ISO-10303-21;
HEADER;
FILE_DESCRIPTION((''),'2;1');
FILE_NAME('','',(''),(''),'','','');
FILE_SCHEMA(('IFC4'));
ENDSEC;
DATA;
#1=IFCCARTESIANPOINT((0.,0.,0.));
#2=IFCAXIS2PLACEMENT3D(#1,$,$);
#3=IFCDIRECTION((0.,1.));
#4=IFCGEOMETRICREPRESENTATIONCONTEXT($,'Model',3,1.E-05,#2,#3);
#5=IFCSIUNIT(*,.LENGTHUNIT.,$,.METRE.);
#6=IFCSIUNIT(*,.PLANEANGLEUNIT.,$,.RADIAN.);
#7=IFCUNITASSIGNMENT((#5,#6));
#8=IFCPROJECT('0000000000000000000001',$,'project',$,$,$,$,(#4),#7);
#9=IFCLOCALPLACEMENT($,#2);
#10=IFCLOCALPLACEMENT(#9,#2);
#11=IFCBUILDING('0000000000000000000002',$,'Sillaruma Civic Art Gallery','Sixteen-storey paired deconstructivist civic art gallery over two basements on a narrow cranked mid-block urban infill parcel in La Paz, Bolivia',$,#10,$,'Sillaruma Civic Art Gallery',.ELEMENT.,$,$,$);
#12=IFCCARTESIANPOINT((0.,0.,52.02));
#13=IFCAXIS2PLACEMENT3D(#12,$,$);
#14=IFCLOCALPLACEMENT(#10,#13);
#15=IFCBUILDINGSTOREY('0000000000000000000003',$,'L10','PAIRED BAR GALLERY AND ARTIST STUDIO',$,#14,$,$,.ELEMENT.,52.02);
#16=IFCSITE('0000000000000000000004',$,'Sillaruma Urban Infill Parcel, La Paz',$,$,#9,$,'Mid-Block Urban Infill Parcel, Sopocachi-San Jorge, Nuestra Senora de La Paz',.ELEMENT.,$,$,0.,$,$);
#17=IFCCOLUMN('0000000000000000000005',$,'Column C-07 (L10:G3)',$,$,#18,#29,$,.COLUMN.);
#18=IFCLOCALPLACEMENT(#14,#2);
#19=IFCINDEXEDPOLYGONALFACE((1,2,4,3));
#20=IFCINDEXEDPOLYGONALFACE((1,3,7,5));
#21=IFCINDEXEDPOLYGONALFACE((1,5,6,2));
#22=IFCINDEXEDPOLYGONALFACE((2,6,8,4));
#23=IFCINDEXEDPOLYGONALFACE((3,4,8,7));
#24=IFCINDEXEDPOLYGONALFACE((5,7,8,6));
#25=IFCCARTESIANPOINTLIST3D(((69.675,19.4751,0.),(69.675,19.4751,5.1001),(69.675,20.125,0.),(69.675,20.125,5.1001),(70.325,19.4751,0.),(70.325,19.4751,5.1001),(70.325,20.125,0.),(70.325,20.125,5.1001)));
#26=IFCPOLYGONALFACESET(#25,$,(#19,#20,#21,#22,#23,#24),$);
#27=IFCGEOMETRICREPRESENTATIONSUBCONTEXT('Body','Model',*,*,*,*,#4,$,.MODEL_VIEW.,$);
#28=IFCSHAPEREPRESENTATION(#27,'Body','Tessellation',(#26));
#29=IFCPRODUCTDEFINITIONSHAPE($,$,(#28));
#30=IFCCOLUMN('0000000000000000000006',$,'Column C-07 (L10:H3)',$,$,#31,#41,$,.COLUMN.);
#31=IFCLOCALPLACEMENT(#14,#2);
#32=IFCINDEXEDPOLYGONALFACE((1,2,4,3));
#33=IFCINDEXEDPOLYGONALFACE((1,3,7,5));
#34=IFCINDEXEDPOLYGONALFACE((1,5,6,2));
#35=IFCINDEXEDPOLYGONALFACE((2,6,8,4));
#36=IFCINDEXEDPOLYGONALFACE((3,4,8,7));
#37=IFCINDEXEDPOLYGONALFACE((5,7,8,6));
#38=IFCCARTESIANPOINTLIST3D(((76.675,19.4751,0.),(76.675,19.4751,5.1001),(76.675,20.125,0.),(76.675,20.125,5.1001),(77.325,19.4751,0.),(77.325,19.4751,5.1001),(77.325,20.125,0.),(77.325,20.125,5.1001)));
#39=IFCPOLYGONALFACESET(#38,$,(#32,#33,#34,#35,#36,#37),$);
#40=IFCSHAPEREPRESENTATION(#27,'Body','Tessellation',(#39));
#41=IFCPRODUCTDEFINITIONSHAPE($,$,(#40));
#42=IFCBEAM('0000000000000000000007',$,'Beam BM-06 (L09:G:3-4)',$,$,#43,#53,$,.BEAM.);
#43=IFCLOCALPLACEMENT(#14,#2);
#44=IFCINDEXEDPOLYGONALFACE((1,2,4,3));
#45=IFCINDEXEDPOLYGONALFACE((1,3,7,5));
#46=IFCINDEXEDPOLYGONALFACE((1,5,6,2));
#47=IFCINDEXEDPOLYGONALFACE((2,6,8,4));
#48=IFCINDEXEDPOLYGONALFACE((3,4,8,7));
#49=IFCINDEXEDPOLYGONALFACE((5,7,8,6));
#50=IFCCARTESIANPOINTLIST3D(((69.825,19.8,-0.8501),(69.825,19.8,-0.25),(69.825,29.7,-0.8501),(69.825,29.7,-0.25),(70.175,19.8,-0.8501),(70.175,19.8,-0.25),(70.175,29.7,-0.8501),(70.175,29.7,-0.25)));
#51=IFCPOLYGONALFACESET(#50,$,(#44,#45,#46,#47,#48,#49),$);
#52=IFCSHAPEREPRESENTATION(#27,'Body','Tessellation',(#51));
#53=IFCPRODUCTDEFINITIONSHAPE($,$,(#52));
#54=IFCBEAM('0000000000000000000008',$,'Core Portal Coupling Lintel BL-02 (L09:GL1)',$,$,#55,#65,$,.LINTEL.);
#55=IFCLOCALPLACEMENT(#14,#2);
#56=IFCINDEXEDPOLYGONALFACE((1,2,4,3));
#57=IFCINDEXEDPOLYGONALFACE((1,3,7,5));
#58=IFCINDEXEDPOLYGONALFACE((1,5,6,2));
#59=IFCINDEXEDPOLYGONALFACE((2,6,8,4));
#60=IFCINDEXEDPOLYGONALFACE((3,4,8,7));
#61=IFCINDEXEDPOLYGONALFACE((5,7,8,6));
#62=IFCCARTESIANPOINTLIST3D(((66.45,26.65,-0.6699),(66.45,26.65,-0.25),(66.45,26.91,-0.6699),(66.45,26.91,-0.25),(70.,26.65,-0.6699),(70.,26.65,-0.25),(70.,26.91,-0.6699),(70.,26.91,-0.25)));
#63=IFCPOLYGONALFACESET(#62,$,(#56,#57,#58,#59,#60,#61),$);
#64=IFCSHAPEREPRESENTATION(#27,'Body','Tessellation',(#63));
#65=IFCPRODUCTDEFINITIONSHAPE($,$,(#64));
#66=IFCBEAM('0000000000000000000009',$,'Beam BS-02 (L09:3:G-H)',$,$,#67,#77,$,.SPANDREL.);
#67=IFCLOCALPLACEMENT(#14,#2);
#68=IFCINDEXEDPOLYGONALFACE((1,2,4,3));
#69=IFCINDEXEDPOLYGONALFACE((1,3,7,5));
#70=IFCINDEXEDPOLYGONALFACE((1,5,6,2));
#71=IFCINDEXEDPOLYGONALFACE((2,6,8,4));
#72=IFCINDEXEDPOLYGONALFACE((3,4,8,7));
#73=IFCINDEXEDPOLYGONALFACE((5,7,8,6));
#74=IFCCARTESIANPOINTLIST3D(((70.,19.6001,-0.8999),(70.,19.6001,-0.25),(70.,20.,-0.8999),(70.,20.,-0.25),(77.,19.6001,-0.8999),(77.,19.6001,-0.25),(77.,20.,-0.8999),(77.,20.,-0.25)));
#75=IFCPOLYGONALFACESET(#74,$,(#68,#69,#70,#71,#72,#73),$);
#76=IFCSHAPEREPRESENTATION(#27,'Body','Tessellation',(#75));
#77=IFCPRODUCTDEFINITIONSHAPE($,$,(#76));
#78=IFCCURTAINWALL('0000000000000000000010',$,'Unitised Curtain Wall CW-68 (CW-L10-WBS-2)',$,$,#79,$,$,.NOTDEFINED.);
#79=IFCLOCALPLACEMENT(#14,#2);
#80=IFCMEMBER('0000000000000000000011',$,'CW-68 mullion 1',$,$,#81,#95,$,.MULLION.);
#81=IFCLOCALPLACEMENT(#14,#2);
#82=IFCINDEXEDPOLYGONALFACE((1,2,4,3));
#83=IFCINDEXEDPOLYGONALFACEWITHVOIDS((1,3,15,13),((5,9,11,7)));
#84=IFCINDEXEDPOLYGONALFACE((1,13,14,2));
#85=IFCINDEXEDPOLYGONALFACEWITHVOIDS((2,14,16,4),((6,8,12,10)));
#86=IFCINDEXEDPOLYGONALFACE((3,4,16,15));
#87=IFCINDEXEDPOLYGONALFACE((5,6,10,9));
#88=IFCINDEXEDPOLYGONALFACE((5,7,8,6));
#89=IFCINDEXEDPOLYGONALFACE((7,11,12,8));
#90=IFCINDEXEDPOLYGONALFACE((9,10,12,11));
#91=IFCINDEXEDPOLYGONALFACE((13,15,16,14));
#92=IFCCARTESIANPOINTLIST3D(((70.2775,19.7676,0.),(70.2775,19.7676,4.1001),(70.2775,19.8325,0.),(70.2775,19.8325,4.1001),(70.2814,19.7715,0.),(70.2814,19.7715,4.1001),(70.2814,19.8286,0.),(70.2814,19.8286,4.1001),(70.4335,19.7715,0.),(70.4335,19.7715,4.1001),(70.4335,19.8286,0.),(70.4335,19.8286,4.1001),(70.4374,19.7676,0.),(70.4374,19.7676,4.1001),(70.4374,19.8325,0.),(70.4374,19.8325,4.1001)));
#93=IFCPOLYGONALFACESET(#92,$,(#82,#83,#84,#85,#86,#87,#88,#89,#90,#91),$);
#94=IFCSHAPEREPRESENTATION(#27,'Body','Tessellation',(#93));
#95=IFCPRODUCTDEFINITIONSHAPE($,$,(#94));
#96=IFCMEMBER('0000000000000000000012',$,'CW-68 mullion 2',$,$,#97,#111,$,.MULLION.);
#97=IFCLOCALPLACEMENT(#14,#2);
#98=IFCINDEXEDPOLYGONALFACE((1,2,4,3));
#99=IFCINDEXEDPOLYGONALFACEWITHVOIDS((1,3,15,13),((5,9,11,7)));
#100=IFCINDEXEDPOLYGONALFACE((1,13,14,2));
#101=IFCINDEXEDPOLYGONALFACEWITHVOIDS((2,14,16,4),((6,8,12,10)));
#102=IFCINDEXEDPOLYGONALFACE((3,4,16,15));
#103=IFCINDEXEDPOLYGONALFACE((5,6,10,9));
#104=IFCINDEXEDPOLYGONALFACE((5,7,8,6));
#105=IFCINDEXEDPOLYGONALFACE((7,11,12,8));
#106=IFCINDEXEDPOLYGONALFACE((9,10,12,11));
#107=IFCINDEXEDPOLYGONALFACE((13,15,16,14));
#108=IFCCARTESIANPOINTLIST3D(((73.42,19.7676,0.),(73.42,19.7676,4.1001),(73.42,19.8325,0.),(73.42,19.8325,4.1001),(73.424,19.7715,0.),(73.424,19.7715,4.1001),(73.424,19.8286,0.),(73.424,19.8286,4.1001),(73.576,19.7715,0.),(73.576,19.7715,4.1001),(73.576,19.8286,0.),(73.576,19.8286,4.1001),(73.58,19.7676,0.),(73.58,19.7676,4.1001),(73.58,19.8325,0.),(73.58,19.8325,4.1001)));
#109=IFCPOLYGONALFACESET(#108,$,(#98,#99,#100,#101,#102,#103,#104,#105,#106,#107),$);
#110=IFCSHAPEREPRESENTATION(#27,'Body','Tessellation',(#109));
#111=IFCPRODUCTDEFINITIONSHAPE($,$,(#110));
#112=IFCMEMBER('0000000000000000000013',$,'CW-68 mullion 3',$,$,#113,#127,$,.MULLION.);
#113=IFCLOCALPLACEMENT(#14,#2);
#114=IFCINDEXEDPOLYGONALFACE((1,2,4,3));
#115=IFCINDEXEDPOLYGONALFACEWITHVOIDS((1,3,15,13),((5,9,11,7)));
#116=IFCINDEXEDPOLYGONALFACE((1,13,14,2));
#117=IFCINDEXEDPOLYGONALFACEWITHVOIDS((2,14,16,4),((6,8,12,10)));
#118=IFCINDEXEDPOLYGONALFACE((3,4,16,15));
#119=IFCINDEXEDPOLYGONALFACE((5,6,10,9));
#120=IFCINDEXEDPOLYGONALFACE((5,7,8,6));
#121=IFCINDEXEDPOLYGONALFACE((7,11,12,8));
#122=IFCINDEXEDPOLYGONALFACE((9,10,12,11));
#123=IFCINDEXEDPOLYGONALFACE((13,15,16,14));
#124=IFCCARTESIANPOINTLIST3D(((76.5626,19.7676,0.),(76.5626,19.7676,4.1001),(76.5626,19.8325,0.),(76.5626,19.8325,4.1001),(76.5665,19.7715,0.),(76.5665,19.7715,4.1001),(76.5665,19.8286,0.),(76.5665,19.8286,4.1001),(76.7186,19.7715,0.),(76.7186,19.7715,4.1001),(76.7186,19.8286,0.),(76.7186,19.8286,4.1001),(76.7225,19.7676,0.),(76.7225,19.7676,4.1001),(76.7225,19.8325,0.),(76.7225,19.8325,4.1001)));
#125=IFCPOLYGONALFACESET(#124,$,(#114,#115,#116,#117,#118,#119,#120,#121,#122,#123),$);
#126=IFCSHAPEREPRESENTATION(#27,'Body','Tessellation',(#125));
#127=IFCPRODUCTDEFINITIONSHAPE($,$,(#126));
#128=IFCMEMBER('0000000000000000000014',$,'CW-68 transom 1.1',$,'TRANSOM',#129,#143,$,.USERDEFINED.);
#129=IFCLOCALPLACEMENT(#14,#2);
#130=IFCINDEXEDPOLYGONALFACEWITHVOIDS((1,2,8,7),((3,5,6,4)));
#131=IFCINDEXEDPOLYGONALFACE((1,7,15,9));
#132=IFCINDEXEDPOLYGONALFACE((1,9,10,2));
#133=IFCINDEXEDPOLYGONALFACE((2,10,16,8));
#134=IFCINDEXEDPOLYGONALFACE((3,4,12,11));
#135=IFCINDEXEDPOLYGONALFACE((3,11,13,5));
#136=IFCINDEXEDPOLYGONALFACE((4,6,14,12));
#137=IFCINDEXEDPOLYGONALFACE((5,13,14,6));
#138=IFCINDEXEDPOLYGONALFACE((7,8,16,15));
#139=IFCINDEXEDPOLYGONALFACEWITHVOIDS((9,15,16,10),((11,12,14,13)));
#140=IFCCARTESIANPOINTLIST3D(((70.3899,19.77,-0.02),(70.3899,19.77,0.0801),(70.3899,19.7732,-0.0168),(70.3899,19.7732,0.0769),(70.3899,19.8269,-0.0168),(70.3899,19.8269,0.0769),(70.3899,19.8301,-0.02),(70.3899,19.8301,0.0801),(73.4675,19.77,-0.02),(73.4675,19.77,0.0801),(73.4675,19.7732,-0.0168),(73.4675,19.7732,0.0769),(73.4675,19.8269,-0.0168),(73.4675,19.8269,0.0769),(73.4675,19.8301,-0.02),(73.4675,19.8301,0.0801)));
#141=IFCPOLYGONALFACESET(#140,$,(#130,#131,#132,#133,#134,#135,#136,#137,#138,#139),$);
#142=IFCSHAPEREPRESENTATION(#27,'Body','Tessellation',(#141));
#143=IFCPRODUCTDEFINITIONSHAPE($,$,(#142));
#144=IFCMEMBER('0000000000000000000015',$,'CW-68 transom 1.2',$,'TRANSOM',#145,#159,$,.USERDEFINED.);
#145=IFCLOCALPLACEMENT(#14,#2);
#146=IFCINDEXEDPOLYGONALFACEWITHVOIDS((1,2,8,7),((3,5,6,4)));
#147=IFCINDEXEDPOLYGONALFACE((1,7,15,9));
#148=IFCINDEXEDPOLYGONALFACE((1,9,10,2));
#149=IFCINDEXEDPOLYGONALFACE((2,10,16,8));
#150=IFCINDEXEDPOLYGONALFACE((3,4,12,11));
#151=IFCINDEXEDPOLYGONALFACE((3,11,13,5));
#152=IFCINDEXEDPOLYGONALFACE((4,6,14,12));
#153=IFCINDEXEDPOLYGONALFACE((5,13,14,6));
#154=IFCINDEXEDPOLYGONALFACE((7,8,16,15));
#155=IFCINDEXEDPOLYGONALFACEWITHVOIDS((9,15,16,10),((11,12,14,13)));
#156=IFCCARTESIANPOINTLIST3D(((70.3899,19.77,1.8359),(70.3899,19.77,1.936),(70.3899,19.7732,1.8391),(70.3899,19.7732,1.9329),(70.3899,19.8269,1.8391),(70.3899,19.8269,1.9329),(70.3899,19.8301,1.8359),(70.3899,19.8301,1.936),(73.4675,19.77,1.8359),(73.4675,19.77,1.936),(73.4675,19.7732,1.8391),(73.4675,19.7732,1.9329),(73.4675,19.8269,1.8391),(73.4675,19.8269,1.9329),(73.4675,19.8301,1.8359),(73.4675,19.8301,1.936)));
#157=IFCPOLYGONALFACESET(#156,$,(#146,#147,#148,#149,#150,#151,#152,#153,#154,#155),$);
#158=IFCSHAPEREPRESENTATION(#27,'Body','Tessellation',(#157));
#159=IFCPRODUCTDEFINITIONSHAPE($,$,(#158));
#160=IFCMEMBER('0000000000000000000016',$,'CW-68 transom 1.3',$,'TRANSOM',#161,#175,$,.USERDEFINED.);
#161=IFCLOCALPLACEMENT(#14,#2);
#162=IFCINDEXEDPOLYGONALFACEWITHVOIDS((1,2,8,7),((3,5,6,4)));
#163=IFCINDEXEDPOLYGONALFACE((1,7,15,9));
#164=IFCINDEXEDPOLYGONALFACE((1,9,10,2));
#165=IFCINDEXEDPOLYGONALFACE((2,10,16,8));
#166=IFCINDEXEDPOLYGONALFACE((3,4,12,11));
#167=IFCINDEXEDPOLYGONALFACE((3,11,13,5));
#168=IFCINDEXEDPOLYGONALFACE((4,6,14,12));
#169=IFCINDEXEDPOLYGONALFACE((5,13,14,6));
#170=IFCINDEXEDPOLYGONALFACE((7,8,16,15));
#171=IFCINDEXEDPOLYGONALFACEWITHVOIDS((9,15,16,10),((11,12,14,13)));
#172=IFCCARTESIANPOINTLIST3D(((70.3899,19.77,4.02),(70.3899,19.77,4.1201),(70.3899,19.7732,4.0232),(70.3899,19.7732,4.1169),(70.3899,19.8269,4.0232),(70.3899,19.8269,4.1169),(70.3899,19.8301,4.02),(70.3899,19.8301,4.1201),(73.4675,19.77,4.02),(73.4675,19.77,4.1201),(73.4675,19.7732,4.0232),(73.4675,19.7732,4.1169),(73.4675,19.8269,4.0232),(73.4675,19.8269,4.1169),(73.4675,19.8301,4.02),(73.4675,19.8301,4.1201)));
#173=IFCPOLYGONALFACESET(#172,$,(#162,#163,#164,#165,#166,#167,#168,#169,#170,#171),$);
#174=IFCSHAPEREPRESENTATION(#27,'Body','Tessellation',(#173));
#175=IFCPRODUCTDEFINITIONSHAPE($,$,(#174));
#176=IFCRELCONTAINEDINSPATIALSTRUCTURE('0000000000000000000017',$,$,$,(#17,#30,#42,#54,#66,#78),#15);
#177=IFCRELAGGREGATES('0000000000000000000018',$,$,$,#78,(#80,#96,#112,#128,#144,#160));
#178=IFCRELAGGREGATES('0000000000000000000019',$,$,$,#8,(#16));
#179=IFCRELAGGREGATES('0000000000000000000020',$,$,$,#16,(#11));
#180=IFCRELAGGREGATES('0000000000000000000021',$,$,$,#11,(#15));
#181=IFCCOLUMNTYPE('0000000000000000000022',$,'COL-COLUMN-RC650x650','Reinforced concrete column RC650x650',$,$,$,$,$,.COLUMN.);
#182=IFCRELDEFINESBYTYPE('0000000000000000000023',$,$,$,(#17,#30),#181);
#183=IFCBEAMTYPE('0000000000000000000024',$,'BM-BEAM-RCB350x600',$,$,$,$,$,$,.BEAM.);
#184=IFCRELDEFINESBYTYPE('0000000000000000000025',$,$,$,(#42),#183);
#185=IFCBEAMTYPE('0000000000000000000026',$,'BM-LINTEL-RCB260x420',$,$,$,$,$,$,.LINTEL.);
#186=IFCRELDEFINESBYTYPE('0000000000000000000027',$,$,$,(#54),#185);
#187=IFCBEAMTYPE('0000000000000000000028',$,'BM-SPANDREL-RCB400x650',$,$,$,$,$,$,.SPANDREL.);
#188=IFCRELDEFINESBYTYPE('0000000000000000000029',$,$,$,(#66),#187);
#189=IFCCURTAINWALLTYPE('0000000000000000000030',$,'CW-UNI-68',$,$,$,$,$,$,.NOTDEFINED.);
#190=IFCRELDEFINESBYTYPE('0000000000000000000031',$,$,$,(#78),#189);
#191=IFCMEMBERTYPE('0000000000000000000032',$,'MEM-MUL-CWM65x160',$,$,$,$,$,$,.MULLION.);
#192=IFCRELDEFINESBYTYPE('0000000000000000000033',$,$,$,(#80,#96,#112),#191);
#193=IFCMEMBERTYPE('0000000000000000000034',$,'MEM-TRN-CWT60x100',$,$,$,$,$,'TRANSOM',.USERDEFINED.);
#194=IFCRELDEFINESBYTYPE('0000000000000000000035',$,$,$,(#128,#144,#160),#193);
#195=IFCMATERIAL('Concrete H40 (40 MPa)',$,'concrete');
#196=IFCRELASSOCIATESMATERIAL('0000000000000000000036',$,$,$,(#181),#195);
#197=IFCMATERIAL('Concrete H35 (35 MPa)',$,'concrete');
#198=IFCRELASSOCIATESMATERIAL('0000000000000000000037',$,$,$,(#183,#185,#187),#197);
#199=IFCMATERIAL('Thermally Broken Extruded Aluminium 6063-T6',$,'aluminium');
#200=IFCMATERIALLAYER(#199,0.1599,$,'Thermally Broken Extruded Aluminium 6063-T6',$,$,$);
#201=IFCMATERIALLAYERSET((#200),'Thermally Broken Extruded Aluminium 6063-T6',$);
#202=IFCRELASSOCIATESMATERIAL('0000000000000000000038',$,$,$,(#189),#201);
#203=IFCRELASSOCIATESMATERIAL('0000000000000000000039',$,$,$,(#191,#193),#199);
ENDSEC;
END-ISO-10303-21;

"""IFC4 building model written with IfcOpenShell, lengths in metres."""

from ifc_helpers import new_model, si_unit, direction, frame, origin, origin_2d, place, context, subcontext, project, spatial, rectangle, hollow_rectangle, extrude, material, layer, layer_set, material_profile, profile_set, type_object, element, aggregate, save


model = new_model("IFC4")

# Units and contexts
model_context = context("Model", 3, precision=1e-05, world=origin(), true_north=direction((0.0, 1.0)))
body_context = subcontext(model_context, "Body", "Model", "MODEL_VIEW")
ifc_project = project(units=[si_unit("LENGTHUNIT", "METRE"), si_unit("PLANEANGLEUNIT", "RADIAN")], contexts=[model_context])

# Site, building, storey
site_placement = place(None, origin())
site = spatial("IfcSite", under=ifc_project, at=site_placement, Name="Sillaruma Urban Infill Parcel, La Paz", LongName="Mid-Block Urban Infill Parcel, Sopocachi-San Jorge, Nuestra Senora de La Paz", CompositionType="ELEMENT", RefElevation=0.0)
building_placement = place(site_placement, origin())
building = spatial("IfcBuilding", under=site, at=building_placement, Name="Sillaruma Civic Art Gallery", Description="Sixteen-storey paired deconstructivist civic art gallery over two basements on a narrow cranked mid-block urban infill parcel in La Paz, Bolivia", LongName="Sillaruma Civic Art Gallery", CompositionType="ELEMENT")
storey_placement = place(building_placement, frame((0.0, 0.0, 52.02)))
storey = spatial("IfcBuildingStorey", under=building, at=storey_placement, Name="L10", Description="PAIRED BAR GALLERY AND ARTIST STUDIO", CompositionType="ELEMENT", Elevation=52.02)

# Columns
ifc_material_1 = material(Name="Concrete H40 (40 MPa)", Category="concrete")
ifc_material_profile_1 = material_profile(ifc_material_1, rectangle(XDim=0.6499, YDim=0.6499, at=origin_2d()), Name="RC650x650")
ifc_profile_set_1 = profile_set([ifc_material_profile_1], Name="Concrete H40 (40 MPa)")
column_type = type_object("IfcColumnType", Name="COL-COLUMN-RC650x650", Description="Reinforced concrete column RC650x650", PredefinedType="COLUMN", material=ifc_profile_set_1)
for number, where, z_axis, x_axis, name in (
    (1, (70.0, 19.8, 0.0), (0.0, 0.0, 1.0), (1.0, 0.0, 0.0), "Column C-07 (L10:G3)"),
    (2, (77.0, 19.8, 0.0), (0.0, 0.0, 1.0), (1.0, 0.0, 0.0), "Column C-07 (L10:H3)"),
):
    element("IfcColumn", number, at=place(storey_placement, frame(where, z_axis=z_axis, x_axis=x_axis)), inside=storey, type_object=column_type, Name=name, PredefinedType="COLUMN", context=body_context, shape_type="SweptSolid", body=[
        extrude(rectangle(XDim=0.6499, YDim=0.6499, at=origin_2d()), origin(), (0.0, 0.0, 1.0), 5.1001),
    ])

# Beams
ifc_material_2 = material(Name="Concrete H35 (35 MPa)", Category="concrete")
ifc_material_profile_2 = material_profile(ifc_material_2, rectangle(XDim=0.3501, YDim=0.6001, at=origin_2d()), Name="RCB350x600")
ifc_profile_set_2 = profile_set([ifc_material_profile_2], Name="Concrete H35 (35 MPa)")
beam_type_1 = type_object("IfcBeamType", Name="BM-BEAM-RCB350x600", PredefinedType="BEAM", material=ifc_profile_set_2)
beam_1_placement = place(storey_placement, frame((70.0, 19.8, -0.55), z_axis=(0.0, 1.0, 0.0), x_axis=(-1.0, 0.0, 0.0)))
element("IfcBeam", 3, at=beam_1_placement, inside=storey, type_object=beam_type_1, Name="Beam BM-06 (L09:G:3-4)", PredefinedType="BEAM", context=body_context, shape_type="SweptSolid", body=[
    extrude(rectangle(XDim=0.3501, YDim=0.6001, at=origin_2d()), origin(), (0.0, 0.0, 1.0), 9.8999),
])
ifc_material_profile_3 = material_profile(ifc_material_2, rectangle(XDim=0.26, YDim=0.4199, at=origin_2d()), Name="RCB260x420")
ifc_profile_set_3 = profile_set([ifc_material_profile_3], Name="Concrete H35 (35 MPa)")
beam_type_2 = type_object("IfcBeamType", Name="BM-LINTEL-RCB260x420", PredefinedType="LINTEL", material=ifc_profile_set_3)
beam_2_placement = place(storey_placement, frame((66.45, 26.78, -0.46), z_axis=(1.0, 0.0, 0.0), x_axis=(0.0, 1.0, 0.0)))
element("IfcBeam", 4, at=beam_2_placement, inside=storey, type_object=beam_type_2, Name="Core Portal Coupling Lintel BL-02 (L09:GL1)", PredefinedType="LINTEL", context=body_context, shape_type="SweptSolid", body=[
    extrude(rectangle(XDim=0.26, YDim=0.4199, at=origin_2d()), origin(), (0.0, 0.0, 1.0), 3.55),
])
ifc_material_profile_4 = material_profile(ifc_material_2, rectangle(XDim=0.3999, YDim=0.6499, at=origin_2d()), Name="RCB400x650")
ifc_profile_set_4 = profile_set([ifc_material_profile_4], Name="Concrete H35 (35 MPa)")
beam_type_3 = type_object("IfcBeamType", Name="BM-SPANDREL-RCB400x650", PredefinedType="SPANDREL", material=ifc_profile_set_4)
beam_3_placement = place(storey_placement, frame((70.0, 19.8, -0.575), z_axis=(1.0, 0.0, 0.0), x_axis=(0.0, 1.0, 0.0)))
element("IfcBeam", 5, at=beam_3_placement, inside=storey, type_object=beam_type_3, Name="Beam BS-02 (L09:3:G-H)", PredefinedType="SPANDREL", context=body_context, shape_type="SweptSolid", body=[
    extrude(rectangle(XDim=0.3999, YDim=0.6499, at=origin_2d()), origin(), (0.0, 0.0, 1.0), 7.0),
])

# Curtain wall, members
ifc_material_3 = material(Name="Thermally Broken Extruded Aluminium 6063-T6", Category="aluminium")
ifc_layer_1 = layer(ifc_material_3, 0.1599, Name="Thermally Broken Extruded Aluminium 6063-T6")
ifc_layer_set_1 = layer_set([ifc_layer_1], Name="Thermally Broken Extruded Aluminium 6063-T6")
curtain_wall_type = type_object("IfcCurtainWallType", Name="CW-UNI-68", PredefinedType="NOTDEFINED", material=ifc_layer_set_1)
curtain_wall_placement = place(storey_placement, origin())
curtain_wall = element("IfcCurtainWall", 6, at=curtain_wall_placement, inside=storey, type_object=curtain_wall_type, Name="Unitised Curtain Wall CW-68 (CW-L10-WBS-2)", PredefinedType="NOTDEFINED")
ifc_material_profile_5 = material_profile(ifc_material_3, hollow_rectangle(XDim=0.0649, YDim=0.1599, WallThickness=0.0039, at=origin_2d()), Name="CWM65x160")
ifc_profile_set_5 = profile_set([ifc_material_profile_5], Name="Thermally Broken Extruded Aluminium 6063-T6")
member_type_1 = type_object("IfcMemberType", Name="MEM-MUL-CWM65x160", PredefinedType="MULLION", material=ifc_profile_set_5)
member_1_placement = place(storey_placement, frame((70.3574, 19.8, 0.0), z_axis=(0.0, 0.0, 1.0), x_axis=(0.0, 1.0, 0.0)))
member_1 = element("IfcMember", 7, at=member_1_placement, type_object=member_type_1, Name="CW-68 mullion 1", PredefinedType="MULLION", context=body_context, shape_type="SweptSolid", body=[
    extrude(hollow_rectangle(XDim=0.0649, YDim=0.1599, WallThickness=0.0039, at=origin_2d()), origin(), (0.0, 0.0, 1.0), 4.1001),
])
member_2_placement = place(storey_placement, frame((73.5, 19.8, 0.0), z_axis=(0.0, 0.0, 1.0), x_axis=(0.0, 1.0, 0.0)))
member_2 = element("IfcMember", 8, at=member_2_placement, type_object=member_type_1, Name="CW-68 mullion 2", PredefinedType="MULLION", context=body_context, shape_type="SweptSolid", body=[
    extrude(hollow_rectangle(XDim=0.0649, YDim=0.1599, WallThickness=0.0039, at=origin_2d()), origin(), (0.0, 0.0, 1.0), 4.1001),
])
member_3_placement = place(storey_placement, frame((76.6426, 19.8, 0.0), z_axis=(0.0, 0.0, 1.0), x_axis=(0.0, 1.0, 0.0)))
member_3 = element("IfcMember", 9, at=member_3_placement, type_object=member_type_1, Name="CW-68 mullion 3", PredefinedType="MULLION", context=body_context, shape_type="SweptSolid", body=[
    extrude(hollow_rectangle(XDim=0.0649, YDim=0.1599, WallThickness=0.0039, at=origin_2d()), origin(), (0.0, 0.0, 1.0), 4.1001),
])
ifc_material_profile_6 = material_profile(ifc_material_3, hollow_rectangle(XDim=0.0601, YDim=0.1001, WallThickness=0.0032, at=origin_2d()), Name="CWT60x100")
ifc_profile_set_6 = profile_set([ifc_material_profile_6], Name="Thermally Broken Extruded Aluminium 6063-T6")
member_type_2 = type_object("IfcMemberType", Name="MEM-TRN-CWT60x100", ElementType="TRANSOM", PredefinedType="USERDEFINED", material=ifc_profile_set_6)
member_4_placement = place(storey_placement, frame((70.3899, 19.8, 0.03), z_axis=(1.0, 0.0, 0.0), x_axis=(0.0, 1.0, 0.0)))
member_4 = element("IfcMember", 10, at=member_4_placement, type_object=member_type_2, Name="CW-68 transom 1.1", ObjectType="TRANSOM", PredefinedType="USERDEFINED", context=body_context, shape_type="SweptSolid", body=[
    extrude(hollow_rectangle(XDim=0.0601, YDim=0.1001, WallThickness=0.0032, at=origin_2d()), origin(), (0.0, 0.0, 1.0), 3.0776),
])
member_5_placement = place(storey_placement, frame((70.3899, 19.8, 1.886), z_axis=(1.0, 0.0, 0.0), x_axis=(0.0, 1.0, 0.0)))
member_5 = element("IfcMember", 11, at=member_5_placement, type_object=member_type_2, Name="CW-68 transom 1.2", ObjectType="TRANSOM", PredefinedType="USERDEFINED", context=body_context, shape_type="SweptSolid", body=[
    extrude(hollow_rectangle(XDim=0.0601, YDim=0.1001, WallThickness=0.0032, at=origin_2d()), origin(), (0.0, 0.0, 1.0), 3.0776),
])
member_6_placement = place(storey_placement, frame((70.3899, 19.8, 4.0701), z_axis=(1.0, 0.0, 0.0), x_axis=(0.0, 1.0, 0.0)))
member_6 = element("IfcMember", 12, at=member_6_placement, type_object=member_type_2, Name="CW-68 transom 1.3", ObjectType="TRANSOM", PredefinedType="USERDEFINED", context=body_context, shape_type="SweptSolid", body=[
    extrude(hollow_rectangle(XDim=0.0601, YDim=0.1001, WallThickness=0.0032, at=origin_2d()), origin(), (0.0, 0.0, 1.0), 3.0776),
])
aggregate(curtain_wall, [member_1, member_2, member_3, member_4, member_5, member_6])

save(model, "model.ifc")
